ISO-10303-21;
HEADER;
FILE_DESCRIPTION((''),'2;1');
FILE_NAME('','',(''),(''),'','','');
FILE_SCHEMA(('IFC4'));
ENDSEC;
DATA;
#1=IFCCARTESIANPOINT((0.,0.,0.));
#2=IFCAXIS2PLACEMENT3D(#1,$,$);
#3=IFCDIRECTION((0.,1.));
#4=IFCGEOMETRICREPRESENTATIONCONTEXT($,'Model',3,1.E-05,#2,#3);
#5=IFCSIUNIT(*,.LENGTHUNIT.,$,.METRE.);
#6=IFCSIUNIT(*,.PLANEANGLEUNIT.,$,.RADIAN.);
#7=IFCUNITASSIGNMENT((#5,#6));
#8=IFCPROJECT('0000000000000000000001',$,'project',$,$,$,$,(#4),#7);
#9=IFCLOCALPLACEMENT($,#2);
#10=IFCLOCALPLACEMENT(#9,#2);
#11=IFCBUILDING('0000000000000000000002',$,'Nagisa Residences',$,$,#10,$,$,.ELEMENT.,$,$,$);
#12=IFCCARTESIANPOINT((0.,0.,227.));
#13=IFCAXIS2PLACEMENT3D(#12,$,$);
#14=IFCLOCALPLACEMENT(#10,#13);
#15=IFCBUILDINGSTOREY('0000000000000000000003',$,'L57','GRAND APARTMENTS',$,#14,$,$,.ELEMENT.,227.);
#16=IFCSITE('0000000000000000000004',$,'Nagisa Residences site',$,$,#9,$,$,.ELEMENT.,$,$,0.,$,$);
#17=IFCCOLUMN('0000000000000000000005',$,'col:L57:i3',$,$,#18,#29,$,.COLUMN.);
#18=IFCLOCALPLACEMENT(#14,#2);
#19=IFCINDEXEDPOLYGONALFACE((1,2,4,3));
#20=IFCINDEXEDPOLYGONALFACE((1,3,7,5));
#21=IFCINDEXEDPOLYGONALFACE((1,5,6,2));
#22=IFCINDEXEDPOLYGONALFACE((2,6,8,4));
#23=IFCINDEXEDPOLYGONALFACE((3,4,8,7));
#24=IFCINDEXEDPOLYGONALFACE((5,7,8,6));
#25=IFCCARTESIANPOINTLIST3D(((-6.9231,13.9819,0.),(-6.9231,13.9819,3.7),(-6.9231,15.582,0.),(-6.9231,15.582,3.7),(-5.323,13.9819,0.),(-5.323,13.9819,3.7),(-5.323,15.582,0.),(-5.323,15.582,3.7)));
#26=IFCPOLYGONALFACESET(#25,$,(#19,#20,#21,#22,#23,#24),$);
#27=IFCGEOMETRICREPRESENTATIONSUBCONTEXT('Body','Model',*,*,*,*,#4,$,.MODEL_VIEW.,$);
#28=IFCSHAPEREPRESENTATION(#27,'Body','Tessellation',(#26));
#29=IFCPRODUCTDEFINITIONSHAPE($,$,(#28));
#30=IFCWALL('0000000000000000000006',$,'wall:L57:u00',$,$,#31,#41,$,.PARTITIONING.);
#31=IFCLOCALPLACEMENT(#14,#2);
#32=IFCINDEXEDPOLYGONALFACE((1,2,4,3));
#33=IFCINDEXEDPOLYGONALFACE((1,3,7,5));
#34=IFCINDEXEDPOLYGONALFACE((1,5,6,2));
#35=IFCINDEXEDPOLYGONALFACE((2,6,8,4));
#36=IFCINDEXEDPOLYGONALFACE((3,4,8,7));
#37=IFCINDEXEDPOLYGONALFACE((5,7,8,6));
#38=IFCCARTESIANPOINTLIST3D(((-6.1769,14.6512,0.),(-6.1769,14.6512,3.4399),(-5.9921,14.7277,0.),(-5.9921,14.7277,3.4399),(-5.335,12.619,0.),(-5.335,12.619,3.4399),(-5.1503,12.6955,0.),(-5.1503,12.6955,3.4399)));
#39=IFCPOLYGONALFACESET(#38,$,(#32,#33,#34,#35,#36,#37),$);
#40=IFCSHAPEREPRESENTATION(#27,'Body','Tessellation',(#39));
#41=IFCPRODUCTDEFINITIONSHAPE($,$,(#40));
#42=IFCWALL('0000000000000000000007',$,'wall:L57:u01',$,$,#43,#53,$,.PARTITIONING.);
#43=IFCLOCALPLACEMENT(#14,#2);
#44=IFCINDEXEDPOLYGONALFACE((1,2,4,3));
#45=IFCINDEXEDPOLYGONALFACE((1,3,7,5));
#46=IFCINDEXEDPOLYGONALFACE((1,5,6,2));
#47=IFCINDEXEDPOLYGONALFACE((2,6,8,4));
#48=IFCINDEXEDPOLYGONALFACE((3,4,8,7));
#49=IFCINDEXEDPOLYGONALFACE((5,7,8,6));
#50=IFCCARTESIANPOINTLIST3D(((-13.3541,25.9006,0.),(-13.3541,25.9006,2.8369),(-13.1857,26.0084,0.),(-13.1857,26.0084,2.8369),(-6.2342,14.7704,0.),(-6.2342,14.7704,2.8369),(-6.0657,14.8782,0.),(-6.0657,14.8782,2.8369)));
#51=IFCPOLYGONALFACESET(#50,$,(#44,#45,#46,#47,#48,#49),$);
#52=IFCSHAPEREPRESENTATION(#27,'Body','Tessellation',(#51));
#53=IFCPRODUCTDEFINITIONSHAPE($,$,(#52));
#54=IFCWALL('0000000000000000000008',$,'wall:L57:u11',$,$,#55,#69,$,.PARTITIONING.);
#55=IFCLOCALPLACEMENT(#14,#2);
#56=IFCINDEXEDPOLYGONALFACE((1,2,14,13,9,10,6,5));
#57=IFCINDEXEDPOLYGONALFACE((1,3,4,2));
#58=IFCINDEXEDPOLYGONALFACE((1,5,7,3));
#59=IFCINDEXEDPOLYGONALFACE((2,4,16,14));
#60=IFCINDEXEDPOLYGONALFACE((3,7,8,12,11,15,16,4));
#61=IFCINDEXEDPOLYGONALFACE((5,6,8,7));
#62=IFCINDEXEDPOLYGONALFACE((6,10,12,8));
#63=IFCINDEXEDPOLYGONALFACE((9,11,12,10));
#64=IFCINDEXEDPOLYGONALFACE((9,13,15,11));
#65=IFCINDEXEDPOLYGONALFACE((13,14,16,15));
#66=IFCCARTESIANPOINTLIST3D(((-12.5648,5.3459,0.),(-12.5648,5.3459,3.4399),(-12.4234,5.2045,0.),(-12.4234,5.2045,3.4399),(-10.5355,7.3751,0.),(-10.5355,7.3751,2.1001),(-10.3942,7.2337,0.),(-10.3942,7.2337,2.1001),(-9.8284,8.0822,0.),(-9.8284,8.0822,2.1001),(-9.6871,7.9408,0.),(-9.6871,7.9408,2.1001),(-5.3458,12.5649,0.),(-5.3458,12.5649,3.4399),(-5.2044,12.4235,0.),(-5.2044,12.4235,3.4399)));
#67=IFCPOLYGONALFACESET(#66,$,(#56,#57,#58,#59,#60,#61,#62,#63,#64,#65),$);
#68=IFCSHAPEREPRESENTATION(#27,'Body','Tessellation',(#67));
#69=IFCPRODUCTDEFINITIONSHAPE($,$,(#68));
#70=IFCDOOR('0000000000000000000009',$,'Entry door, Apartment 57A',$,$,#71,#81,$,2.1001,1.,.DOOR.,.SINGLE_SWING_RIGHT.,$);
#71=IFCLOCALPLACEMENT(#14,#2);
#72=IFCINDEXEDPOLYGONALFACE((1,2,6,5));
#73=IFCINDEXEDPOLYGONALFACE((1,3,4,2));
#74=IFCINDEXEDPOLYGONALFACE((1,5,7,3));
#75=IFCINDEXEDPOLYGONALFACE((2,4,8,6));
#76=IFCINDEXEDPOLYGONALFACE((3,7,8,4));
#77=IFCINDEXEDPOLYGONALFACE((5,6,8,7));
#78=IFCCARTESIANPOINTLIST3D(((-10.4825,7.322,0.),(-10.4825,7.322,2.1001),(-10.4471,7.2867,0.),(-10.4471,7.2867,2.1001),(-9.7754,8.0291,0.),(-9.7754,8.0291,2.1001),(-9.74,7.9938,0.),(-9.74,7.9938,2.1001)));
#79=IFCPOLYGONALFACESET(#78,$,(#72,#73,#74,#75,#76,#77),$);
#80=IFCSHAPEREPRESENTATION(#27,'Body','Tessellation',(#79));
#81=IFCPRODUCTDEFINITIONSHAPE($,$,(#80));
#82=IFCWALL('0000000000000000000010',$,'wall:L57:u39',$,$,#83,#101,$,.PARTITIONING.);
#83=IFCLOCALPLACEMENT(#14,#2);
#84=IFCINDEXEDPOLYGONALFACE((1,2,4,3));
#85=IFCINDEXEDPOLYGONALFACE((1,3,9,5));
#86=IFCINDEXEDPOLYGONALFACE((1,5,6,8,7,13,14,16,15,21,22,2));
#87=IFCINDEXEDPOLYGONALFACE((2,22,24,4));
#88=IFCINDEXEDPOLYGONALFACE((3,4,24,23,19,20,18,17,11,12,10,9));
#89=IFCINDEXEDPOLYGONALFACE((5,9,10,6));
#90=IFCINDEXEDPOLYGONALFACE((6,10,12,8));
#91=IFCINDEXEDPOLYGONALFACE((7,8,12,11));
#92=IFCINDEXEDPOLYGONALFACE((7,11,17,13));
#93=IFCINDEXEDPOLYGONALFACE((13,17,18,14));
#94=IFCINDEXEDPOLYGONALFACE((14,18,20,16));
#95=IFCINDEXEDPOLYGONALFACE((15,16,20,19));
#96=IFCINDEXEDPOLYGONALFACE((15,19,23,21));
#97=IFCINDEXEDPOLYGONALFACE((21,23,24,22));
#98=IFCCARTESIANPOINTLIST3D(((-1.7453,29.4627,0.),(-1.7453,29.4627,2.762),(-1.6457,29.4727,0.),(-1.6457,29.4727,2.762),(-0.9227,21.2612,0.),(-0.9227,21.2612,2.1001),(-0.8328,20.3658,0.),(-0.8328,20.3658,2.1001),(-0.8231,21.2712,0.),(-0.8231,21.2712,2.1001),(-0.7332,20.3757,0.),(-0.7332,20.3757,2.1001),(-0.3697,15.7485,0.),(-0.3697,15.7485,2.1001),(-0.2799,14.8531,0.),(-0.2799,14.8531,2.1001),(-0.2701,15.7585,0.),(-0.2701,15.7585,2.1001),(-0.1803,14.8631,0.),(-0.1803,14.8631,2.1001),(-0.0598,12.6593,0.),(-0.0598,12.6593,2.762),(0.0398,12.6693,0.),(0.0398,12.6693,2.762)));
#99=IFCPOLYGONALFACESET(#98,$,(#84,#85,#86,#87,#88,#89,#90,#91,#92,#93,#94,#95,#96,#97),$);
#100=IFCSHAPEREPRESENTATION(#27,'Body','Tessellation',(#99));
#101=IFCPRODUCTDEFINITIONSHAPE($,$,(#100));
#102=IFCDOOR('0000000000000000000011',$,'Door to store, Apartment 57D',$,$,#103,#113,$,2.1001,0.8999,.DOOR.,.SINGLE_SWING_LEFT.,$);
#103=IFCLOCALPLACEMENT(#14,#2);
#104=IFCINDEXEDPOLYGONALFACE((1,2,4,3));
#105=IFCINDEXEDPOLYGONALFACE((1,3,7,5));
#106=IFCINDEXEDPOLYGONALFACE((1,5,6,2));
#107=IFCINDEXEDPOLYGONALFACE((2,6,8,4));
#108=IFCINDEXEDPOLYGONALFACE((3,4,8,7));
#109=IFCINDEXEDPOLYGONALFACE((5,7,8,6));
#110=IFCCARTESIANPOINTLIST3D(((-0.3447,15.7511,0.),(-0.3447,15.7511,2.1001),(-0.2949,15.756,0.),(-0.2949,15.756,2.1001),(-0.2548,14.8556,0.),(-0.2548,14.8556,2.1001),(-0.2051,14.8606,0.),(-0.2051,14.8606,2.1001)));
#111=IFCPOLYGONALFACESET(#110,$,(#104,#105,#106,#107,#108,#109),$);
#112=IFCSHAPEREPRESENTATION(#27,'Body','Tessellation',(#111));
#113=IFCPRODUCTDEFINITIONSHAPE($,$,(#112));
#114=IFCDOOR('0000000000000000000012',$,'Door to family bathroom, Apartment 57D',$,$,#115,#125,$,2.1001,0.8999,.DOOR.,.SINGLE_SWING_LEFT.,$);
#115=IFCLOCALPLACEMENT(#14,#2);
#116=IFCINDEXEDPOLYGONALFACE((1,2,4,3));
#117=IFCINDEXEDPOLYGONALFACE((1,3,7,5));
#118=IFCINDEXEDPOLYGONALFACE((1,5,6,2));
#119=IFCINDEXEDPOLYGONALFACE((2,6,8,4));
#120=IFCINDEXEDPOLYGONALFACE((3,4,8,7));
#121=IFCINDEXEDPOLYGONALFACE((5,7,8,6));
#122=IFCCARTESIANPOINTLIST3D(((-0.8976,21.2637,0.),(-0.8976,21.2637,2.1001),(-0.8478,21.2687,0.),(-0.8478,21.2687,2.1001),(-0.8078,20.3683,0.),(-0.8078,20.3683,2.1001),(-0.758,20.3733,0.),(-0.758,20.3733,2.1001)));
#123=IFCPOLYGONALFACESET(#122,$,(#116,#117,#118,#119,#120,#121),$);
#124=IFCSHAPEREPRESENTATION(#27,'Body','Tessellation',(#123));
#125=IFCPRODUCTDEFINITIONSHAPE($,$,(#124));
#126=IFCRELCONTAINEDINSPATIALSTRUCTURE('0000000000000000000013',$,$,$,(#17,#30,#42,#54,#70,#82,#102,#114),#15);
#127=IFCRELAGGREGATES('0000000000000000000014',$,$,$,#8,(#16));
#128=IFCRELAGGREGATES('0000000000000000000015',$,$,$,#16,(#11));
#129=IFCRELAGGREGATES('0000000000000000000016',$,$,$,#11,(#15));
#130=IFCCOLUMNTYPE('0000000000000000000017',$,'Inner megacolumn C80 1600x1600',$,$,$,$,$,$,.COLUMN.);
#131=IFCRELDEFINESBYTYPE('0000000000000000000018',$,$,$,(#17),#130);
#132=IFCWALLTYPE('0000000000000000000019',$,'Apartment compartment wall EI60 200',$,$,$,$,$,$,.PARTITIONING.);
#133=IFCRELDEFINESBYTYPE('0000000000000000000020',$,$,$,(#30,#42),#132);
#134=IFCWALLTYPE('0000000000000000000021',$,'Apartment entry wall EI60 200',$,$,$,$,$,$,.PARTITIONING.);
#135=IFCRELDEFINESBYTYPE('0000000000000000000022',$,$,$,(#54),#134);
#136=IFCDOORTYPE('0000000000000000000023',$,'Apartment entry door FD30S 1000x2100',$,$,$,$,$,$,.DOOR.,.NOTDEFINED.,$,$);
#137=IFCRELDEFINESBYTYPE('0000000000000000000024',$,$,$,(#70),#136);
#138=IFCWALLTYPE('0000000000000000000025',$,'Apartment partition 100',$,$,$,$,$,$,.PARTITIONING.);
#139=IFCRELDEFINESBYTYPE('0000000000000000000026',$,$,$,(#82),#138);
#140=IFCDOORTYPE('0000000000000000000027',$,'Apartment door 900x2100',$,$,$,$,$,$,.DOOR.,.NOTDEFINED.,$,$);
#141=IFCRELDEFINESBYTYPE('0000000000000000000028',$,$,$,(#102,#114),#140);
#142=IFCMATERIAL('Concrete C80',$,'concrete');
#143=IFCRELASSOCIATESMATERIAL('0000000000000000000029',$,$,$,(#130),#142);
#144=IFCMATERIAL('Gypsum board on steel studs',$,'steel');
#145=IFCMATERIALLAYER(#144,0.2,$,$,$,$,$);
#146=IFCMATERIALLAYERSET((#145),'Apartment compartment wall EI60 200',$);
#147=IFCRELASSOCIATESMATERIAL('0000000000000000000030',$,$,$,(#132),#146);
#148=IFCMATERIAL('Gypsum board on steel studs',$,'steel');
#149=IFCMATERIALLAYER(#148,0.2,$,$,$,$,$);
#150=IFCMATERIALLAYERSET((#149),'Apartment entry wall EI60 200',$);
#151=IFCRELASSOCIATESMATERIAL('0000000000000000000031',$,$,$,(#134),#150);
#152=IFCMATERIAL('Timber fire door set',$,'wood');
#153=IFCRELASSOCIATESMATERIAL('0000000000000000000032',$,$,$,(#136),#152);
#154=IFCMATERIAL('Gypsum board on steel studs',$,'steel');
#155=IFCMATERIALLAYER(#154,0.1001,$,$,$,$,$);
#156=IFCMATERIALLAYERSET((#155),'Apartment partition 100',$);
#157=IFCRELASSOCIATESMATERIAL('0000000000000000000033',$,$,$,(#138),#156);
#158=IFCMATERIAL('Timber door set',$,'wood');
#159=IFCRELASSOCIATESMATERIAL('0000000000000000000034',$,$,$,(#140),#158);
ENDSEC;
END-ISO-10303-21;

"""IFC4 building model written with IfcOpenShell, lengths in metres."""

from ifc_helpers import new_model, si_unit, direction, frame, frame_2d, origin, origin_2d, place, context, subcontext, project, spatial, rectangle, extrude, material, layer, layer_set, material_profile, profile_set, type_object, element, fill, save


model = new_model("IFC4")

# Units and contexts
model_context = context("Model", 3, precision=1e-05, world=origin(), true_north=direction((0.0, 1.0)))
body_context = subcontext(model_context, "Body", "Model", "MODEL_VIEW")
ifc_project = project(units=[si_unit("LENGTHUNIT", "METRE"), si_unit("PLANEANGLEUNIT", "RADIAN")], contexts=[model_context])

# Site, building, storey
site_placement = place(None, origin())
site = spatial("IfcSite", under=ifc_project, at=site_placement, Name="Nagisa Residences site", CompositionType="ELEMENT", RefElevation=0.0)
building_placement = place(site_placement, origin())
building = spatial("IfcBuilding", under=site, at=building_placement, Name="Nagisa Residences", CompositionType="ELEMENT")
storey_placement = place(building_placement, frame((0.0, 0.0, 227.0)))
storey = spatial("IfcBuildingStorey", under=building, at=storey_placement, Name="L57", Description="GRAND APARTMENTS", CompositionType="ELEMENT", Elevation=227.0)

# Column
ifc_material_1 = material(Name="Concrete C80", Category="concrete")
ifc_material_profile = material_profile(ifc_material_1, rectangle(XDim=1.6001, YDim=1.6001, at=origin_2d()), Name="C80 1600x1600")
ifc_profile_set = profile_set([ifc_material_profile], Name="Concrete C80")
column_type = type_object("IfcColumnType", Name="Inner megacolumn C80 1600x1600", PredefinedType="COLUMN", material=ifc_profile_set)
column_placement = place(storey_placement, frame((-6.123, 14.782, 0.0), z_axis=(0.0, 0.0, 1.0), x_axis=(1.0, 0.0, 0.0)))
element("IfcColumn", 1, at=column_placement, inside=storey, type_object=column_type, Name="col:L57:i3", PredefinedType="COLUMN", context=body_context, shape_type="SweptSolid", body=[
    extrude(rectangle(XDim=1.6001, YDim=1.6001, at=origin_2d()), origin(), (0.0, 0.0, 1.0), 3.7),
])

# Walls
ifc_material_2 = material(Name="Gypsum board on steel studs", Category="steel")
ifc_layer_1 = layer(ifc_material_2, 0.2)
ifc_layer_set_1 = layer_set([ifc_layer_1], Name="Apartment compartment wall EI60 200")
wall_type_1 = type_object("IfcWallType", Name="Apartment compartment wall EI60 200", PredefinedType="PARTITIONING", material=ifc_layer_set_1)
wall_1_placement = place(storey_placement, frame((-5.2427, 12.6572, 0.0), z_axis=(0.0, 0.0, 1.0), x_axis=(-0.382692, 0.923876, 0.0)))
element("IfcWall", 2, at=wall_1_placement, inside=storey, type_object=wall_type_1, Name="wall:L57:u00", PredefinedType="PARTITIONING", context=body_context, shape_type="SweptSolid", body=[
    extrude(rectangle(XDim=2.1997, YDim=0.2, at=frame_2d((1.0999, 0.0))), origin(), (0.0, 0.0, 1.0), 3.4399),
])
wall_2_placement = place(storey_placement, frame((-6.1499, 14.8242, 0.0), z_axis=(0.0, 0.0, 1.0), x_axis=(-0.538871, 0.842388, 0.0)))
element("IfcWall", 3, at=wall_2_placement, inside=storey, type_object=wall_type_1, Name="wall:L57:u01", PredefinedType="PARTITIONING", context=body_context, shape_type="SweptSolid", body=[
    extrude(rectangle(XDim=13.2126, YDim=0.2, at=frame_2d((6.6064, 0.0))), origin(), (0.0, 0.0, 1.0), 2.8369),
])

# Wall, opening, door
ifc_material_3 = material(Name="Gypsum board on steel studs", Category="steel")
ifc_layer_2 = layer(ifc_material_3, 0.2)
ifc_layer_set_2 = layer_set([ifc_layer_2], Name="Apartment entry wall EI60 200")
wall_type_2 = type_object("IfcWallType", Name="Apartment entry wall EI60 200", PredefinedType="PARTITIONING", material=ifc_layer_set_2)
wall_3_placement = place(storey_placement, frame((-5.2751, 12.4941, 0.0), z_axis=(0.0, 0.0, 1.0), x_axis=(-0.707107, -0.707107, 0.0)))
wall_3 = element("IfcWall", 4, at=wall_3_placement, inside=storey, type_object=wall_type_2, Name="wall:L57:u11", PredefinedType="PARTITIONING", context=body_context, shape_type="SweptSolid", body=[
    extrude(rectangle(XDim=10.2092, YDim=0.2, at=frame_2d((5.1045, 0.0))), origin(), (0.0, 0.0, 1.0), 3.4399),
])
opening_1_placement = place(wall_3_placement, frame((6.3394, 0.0, 0.0)))
opening_1 = element("IfcOpeningElement", 5, at=opening_1_placement, cuts=wall_3, PredefinedType="OPENING", context=body_context, shape_type="SweptSolid", body=[
    extrude(rectangle(XDim=1.0, YDim=2.1001, at=frame_2d((0.5, 1.05))), frame((0.0, 0.1099, 0.0), z_axis=(0.0, -1.0, 0.0), x_axis=(1.0, 0.0, 0.0)), (0.0, 0.0, 1.0), 0.22),
])
ifc_material_4 = material(Name="Timber fire door set", Category="wood")
door_type_1 = type_object("IfcDoorType", Name="Apartment entry door FD30S 1000x2100", OperationType="NOTDEFINED", PredefinedType="DOOR", material=ifc_material_4)
door_1_placement = place(opening_1_placement, frame((1.0, 0.0, 0.0), x_axis=(-1.0, 0.0, 0.0)))
door_1 = element("IfcDoor", 6, at=door_1_placement, inside=storey, type_object=door_type_1, Name="Entry door, Apartment 57A", OperationType="SINGLE_SWING_RIGHT", OverallHeight=2.1001, OverallWidth=1.0, PredefinedType="DOOR", context=body_context, shape_type="SweptSolid", body=[
    extrude(rectangle(XDim=1.0, YDim=2.1001, at=frame_2d((0.5, 1.05))), frame((0.0, 0.0249, 0.0), z_axis=(0.0, -1.0, 0.0), x_axis=(1.0, 0.0, 0.0)), (0.0, 0.0, 1.0), 0.05),
])
fill(opening_1, door_1)

# Wall, openings, doors
ifc_material_5 = material(Name="Gypsum board on steel studs", Category="steel")
ifc_layer_3 = layer(ifc_material_5, 0.1001)
ifc_layer_set_3 = layer_set([ifc_layer_3], Name="Apartment partition 100")
wall_type_3 = type_object("IfcWallType", Name="Apartment partition 100", PredefinedType="PARTITIONING", material=ifc_layer_set_3)
wall_4_placement = place(storey_placement, frame((-0.01, 12.6643, 0.0), z_axis=(0.0, 0.0, 1.0), x_axis=(-0.099809, 0.995007, 0.0)))
wall_4 = element("IfcWall", 7, at=wall_4_placement, inside=storey, type_object=wall_type_3, Name="wall:L57:u39", PredefinedType="PARTITIONING", context=body_context, shape_type="SweptSolid", body=[
    extrude(rectangle(XDim=16.8877, YDim=0.1001, at=frame_2d((8.4438, 0.0))), origin(), (0.0, 0.0, 1.0), 2.762),
])
opening_2_placement = place(wall_4_placement, frame((2.2048, 0.0, 0.0)))
opening_2 = element("IfcOpeningElement", 8, at=opening_2_placement, cuts=wall_4, PredefinedType="OPENING", context=body_context, shape_type="SweptSolid", body=[
    extrude(rectangle(XDim=0.8999, YDim=2.1001, at=frame_2d((0.45, 1.05))), frame((0.0, 0.0601, 0.0), z_axis=(0.0, -1.0, 0.0), x_axis=(1.0, 0.0, 0.0)), (0.0, 0.0, 1.0), 0.1201),
])
opening_3_placement = place(wall_4_placement, frame((7.7451, 0.0, 0.0)))
opening_3 = element("IfcOpeningElement", 9, at=opening_3_placement, cuts=wall_4, PredefinedType="OPENING", context=body_context, shape_type="SweptSolid", body=[
    extrude(rectangle(XDim=0.8999, YDim=2.1001, at=frame_2d((0.45, 1.05))), frame((0.0, 0.0601, 0.0), z_axis=(0.0, -1.0, 0.0), x_axis=(1.0, 0.0, 0.0)), (0.0, 0.0, 1.0), 0.1201),
])
ifc_material_6 = material(Name="Timber door set", Category="wood")
door_type_2 = type_object("IfcDoorType", Name="Apartment door 900x2100", OperationType="NOTDEFINED", PredefinedType="DOOR", material=ifc_material_6)
door_2_placement = place(opening_2_placement, origin())
door_2 = element("IfcDoor", 10, at=door_2_placement, inside=storey, type_object=door_type_2, Name="Door to store, Apartment 57D", OperationType="SINGLE_SWING_LEFT", OverallHeight=2.1001, OverallWidth=0.8999, PredefinedType="DOOR", context=body_context, shape_type="SweptSolid", body=[
    extrude(rectangle(XDim=0.8999, YDim=2.1001, at=frame_2d((0.45, 1.05))), frame((0.0, 0.0249, 0.0), z_axis=(0.0, -1.0, 0.0), x_axis=(1.0, 0.0, 0.0)), (0.0, 0.0, 1.0), 0.05),
])
fill(opening_2, door_2)
door_3_placement = place(opening_3_placement, origin())
door_3 = element("IfcDoor", 11, at=door_3_placement, inside=storey, type_object=door_type_2, Name="Door to family bathroom, Apartment 57D", OperationType="SINGLE_SWING_LEFT", OverallHeight=2.1001, OverallWidth=0.8999, PredefinedType="DOOR", context=body_context, shape_type="SweptSolid", body=[
    extrude(rectangle(XDim=0.8999, YDim=2.1001, at=frame_2d((0.45, 1.05))), frame((0.0, 0.0249, 0.0), z_axis=(0.0, -1.0, 0.0), x_axis=(1.0, 0.0, 0.0)), (0.0, 0.0, 1.0), 0.05),
])
fill(opening_3, door_3)

save(model, "model.ifc")
